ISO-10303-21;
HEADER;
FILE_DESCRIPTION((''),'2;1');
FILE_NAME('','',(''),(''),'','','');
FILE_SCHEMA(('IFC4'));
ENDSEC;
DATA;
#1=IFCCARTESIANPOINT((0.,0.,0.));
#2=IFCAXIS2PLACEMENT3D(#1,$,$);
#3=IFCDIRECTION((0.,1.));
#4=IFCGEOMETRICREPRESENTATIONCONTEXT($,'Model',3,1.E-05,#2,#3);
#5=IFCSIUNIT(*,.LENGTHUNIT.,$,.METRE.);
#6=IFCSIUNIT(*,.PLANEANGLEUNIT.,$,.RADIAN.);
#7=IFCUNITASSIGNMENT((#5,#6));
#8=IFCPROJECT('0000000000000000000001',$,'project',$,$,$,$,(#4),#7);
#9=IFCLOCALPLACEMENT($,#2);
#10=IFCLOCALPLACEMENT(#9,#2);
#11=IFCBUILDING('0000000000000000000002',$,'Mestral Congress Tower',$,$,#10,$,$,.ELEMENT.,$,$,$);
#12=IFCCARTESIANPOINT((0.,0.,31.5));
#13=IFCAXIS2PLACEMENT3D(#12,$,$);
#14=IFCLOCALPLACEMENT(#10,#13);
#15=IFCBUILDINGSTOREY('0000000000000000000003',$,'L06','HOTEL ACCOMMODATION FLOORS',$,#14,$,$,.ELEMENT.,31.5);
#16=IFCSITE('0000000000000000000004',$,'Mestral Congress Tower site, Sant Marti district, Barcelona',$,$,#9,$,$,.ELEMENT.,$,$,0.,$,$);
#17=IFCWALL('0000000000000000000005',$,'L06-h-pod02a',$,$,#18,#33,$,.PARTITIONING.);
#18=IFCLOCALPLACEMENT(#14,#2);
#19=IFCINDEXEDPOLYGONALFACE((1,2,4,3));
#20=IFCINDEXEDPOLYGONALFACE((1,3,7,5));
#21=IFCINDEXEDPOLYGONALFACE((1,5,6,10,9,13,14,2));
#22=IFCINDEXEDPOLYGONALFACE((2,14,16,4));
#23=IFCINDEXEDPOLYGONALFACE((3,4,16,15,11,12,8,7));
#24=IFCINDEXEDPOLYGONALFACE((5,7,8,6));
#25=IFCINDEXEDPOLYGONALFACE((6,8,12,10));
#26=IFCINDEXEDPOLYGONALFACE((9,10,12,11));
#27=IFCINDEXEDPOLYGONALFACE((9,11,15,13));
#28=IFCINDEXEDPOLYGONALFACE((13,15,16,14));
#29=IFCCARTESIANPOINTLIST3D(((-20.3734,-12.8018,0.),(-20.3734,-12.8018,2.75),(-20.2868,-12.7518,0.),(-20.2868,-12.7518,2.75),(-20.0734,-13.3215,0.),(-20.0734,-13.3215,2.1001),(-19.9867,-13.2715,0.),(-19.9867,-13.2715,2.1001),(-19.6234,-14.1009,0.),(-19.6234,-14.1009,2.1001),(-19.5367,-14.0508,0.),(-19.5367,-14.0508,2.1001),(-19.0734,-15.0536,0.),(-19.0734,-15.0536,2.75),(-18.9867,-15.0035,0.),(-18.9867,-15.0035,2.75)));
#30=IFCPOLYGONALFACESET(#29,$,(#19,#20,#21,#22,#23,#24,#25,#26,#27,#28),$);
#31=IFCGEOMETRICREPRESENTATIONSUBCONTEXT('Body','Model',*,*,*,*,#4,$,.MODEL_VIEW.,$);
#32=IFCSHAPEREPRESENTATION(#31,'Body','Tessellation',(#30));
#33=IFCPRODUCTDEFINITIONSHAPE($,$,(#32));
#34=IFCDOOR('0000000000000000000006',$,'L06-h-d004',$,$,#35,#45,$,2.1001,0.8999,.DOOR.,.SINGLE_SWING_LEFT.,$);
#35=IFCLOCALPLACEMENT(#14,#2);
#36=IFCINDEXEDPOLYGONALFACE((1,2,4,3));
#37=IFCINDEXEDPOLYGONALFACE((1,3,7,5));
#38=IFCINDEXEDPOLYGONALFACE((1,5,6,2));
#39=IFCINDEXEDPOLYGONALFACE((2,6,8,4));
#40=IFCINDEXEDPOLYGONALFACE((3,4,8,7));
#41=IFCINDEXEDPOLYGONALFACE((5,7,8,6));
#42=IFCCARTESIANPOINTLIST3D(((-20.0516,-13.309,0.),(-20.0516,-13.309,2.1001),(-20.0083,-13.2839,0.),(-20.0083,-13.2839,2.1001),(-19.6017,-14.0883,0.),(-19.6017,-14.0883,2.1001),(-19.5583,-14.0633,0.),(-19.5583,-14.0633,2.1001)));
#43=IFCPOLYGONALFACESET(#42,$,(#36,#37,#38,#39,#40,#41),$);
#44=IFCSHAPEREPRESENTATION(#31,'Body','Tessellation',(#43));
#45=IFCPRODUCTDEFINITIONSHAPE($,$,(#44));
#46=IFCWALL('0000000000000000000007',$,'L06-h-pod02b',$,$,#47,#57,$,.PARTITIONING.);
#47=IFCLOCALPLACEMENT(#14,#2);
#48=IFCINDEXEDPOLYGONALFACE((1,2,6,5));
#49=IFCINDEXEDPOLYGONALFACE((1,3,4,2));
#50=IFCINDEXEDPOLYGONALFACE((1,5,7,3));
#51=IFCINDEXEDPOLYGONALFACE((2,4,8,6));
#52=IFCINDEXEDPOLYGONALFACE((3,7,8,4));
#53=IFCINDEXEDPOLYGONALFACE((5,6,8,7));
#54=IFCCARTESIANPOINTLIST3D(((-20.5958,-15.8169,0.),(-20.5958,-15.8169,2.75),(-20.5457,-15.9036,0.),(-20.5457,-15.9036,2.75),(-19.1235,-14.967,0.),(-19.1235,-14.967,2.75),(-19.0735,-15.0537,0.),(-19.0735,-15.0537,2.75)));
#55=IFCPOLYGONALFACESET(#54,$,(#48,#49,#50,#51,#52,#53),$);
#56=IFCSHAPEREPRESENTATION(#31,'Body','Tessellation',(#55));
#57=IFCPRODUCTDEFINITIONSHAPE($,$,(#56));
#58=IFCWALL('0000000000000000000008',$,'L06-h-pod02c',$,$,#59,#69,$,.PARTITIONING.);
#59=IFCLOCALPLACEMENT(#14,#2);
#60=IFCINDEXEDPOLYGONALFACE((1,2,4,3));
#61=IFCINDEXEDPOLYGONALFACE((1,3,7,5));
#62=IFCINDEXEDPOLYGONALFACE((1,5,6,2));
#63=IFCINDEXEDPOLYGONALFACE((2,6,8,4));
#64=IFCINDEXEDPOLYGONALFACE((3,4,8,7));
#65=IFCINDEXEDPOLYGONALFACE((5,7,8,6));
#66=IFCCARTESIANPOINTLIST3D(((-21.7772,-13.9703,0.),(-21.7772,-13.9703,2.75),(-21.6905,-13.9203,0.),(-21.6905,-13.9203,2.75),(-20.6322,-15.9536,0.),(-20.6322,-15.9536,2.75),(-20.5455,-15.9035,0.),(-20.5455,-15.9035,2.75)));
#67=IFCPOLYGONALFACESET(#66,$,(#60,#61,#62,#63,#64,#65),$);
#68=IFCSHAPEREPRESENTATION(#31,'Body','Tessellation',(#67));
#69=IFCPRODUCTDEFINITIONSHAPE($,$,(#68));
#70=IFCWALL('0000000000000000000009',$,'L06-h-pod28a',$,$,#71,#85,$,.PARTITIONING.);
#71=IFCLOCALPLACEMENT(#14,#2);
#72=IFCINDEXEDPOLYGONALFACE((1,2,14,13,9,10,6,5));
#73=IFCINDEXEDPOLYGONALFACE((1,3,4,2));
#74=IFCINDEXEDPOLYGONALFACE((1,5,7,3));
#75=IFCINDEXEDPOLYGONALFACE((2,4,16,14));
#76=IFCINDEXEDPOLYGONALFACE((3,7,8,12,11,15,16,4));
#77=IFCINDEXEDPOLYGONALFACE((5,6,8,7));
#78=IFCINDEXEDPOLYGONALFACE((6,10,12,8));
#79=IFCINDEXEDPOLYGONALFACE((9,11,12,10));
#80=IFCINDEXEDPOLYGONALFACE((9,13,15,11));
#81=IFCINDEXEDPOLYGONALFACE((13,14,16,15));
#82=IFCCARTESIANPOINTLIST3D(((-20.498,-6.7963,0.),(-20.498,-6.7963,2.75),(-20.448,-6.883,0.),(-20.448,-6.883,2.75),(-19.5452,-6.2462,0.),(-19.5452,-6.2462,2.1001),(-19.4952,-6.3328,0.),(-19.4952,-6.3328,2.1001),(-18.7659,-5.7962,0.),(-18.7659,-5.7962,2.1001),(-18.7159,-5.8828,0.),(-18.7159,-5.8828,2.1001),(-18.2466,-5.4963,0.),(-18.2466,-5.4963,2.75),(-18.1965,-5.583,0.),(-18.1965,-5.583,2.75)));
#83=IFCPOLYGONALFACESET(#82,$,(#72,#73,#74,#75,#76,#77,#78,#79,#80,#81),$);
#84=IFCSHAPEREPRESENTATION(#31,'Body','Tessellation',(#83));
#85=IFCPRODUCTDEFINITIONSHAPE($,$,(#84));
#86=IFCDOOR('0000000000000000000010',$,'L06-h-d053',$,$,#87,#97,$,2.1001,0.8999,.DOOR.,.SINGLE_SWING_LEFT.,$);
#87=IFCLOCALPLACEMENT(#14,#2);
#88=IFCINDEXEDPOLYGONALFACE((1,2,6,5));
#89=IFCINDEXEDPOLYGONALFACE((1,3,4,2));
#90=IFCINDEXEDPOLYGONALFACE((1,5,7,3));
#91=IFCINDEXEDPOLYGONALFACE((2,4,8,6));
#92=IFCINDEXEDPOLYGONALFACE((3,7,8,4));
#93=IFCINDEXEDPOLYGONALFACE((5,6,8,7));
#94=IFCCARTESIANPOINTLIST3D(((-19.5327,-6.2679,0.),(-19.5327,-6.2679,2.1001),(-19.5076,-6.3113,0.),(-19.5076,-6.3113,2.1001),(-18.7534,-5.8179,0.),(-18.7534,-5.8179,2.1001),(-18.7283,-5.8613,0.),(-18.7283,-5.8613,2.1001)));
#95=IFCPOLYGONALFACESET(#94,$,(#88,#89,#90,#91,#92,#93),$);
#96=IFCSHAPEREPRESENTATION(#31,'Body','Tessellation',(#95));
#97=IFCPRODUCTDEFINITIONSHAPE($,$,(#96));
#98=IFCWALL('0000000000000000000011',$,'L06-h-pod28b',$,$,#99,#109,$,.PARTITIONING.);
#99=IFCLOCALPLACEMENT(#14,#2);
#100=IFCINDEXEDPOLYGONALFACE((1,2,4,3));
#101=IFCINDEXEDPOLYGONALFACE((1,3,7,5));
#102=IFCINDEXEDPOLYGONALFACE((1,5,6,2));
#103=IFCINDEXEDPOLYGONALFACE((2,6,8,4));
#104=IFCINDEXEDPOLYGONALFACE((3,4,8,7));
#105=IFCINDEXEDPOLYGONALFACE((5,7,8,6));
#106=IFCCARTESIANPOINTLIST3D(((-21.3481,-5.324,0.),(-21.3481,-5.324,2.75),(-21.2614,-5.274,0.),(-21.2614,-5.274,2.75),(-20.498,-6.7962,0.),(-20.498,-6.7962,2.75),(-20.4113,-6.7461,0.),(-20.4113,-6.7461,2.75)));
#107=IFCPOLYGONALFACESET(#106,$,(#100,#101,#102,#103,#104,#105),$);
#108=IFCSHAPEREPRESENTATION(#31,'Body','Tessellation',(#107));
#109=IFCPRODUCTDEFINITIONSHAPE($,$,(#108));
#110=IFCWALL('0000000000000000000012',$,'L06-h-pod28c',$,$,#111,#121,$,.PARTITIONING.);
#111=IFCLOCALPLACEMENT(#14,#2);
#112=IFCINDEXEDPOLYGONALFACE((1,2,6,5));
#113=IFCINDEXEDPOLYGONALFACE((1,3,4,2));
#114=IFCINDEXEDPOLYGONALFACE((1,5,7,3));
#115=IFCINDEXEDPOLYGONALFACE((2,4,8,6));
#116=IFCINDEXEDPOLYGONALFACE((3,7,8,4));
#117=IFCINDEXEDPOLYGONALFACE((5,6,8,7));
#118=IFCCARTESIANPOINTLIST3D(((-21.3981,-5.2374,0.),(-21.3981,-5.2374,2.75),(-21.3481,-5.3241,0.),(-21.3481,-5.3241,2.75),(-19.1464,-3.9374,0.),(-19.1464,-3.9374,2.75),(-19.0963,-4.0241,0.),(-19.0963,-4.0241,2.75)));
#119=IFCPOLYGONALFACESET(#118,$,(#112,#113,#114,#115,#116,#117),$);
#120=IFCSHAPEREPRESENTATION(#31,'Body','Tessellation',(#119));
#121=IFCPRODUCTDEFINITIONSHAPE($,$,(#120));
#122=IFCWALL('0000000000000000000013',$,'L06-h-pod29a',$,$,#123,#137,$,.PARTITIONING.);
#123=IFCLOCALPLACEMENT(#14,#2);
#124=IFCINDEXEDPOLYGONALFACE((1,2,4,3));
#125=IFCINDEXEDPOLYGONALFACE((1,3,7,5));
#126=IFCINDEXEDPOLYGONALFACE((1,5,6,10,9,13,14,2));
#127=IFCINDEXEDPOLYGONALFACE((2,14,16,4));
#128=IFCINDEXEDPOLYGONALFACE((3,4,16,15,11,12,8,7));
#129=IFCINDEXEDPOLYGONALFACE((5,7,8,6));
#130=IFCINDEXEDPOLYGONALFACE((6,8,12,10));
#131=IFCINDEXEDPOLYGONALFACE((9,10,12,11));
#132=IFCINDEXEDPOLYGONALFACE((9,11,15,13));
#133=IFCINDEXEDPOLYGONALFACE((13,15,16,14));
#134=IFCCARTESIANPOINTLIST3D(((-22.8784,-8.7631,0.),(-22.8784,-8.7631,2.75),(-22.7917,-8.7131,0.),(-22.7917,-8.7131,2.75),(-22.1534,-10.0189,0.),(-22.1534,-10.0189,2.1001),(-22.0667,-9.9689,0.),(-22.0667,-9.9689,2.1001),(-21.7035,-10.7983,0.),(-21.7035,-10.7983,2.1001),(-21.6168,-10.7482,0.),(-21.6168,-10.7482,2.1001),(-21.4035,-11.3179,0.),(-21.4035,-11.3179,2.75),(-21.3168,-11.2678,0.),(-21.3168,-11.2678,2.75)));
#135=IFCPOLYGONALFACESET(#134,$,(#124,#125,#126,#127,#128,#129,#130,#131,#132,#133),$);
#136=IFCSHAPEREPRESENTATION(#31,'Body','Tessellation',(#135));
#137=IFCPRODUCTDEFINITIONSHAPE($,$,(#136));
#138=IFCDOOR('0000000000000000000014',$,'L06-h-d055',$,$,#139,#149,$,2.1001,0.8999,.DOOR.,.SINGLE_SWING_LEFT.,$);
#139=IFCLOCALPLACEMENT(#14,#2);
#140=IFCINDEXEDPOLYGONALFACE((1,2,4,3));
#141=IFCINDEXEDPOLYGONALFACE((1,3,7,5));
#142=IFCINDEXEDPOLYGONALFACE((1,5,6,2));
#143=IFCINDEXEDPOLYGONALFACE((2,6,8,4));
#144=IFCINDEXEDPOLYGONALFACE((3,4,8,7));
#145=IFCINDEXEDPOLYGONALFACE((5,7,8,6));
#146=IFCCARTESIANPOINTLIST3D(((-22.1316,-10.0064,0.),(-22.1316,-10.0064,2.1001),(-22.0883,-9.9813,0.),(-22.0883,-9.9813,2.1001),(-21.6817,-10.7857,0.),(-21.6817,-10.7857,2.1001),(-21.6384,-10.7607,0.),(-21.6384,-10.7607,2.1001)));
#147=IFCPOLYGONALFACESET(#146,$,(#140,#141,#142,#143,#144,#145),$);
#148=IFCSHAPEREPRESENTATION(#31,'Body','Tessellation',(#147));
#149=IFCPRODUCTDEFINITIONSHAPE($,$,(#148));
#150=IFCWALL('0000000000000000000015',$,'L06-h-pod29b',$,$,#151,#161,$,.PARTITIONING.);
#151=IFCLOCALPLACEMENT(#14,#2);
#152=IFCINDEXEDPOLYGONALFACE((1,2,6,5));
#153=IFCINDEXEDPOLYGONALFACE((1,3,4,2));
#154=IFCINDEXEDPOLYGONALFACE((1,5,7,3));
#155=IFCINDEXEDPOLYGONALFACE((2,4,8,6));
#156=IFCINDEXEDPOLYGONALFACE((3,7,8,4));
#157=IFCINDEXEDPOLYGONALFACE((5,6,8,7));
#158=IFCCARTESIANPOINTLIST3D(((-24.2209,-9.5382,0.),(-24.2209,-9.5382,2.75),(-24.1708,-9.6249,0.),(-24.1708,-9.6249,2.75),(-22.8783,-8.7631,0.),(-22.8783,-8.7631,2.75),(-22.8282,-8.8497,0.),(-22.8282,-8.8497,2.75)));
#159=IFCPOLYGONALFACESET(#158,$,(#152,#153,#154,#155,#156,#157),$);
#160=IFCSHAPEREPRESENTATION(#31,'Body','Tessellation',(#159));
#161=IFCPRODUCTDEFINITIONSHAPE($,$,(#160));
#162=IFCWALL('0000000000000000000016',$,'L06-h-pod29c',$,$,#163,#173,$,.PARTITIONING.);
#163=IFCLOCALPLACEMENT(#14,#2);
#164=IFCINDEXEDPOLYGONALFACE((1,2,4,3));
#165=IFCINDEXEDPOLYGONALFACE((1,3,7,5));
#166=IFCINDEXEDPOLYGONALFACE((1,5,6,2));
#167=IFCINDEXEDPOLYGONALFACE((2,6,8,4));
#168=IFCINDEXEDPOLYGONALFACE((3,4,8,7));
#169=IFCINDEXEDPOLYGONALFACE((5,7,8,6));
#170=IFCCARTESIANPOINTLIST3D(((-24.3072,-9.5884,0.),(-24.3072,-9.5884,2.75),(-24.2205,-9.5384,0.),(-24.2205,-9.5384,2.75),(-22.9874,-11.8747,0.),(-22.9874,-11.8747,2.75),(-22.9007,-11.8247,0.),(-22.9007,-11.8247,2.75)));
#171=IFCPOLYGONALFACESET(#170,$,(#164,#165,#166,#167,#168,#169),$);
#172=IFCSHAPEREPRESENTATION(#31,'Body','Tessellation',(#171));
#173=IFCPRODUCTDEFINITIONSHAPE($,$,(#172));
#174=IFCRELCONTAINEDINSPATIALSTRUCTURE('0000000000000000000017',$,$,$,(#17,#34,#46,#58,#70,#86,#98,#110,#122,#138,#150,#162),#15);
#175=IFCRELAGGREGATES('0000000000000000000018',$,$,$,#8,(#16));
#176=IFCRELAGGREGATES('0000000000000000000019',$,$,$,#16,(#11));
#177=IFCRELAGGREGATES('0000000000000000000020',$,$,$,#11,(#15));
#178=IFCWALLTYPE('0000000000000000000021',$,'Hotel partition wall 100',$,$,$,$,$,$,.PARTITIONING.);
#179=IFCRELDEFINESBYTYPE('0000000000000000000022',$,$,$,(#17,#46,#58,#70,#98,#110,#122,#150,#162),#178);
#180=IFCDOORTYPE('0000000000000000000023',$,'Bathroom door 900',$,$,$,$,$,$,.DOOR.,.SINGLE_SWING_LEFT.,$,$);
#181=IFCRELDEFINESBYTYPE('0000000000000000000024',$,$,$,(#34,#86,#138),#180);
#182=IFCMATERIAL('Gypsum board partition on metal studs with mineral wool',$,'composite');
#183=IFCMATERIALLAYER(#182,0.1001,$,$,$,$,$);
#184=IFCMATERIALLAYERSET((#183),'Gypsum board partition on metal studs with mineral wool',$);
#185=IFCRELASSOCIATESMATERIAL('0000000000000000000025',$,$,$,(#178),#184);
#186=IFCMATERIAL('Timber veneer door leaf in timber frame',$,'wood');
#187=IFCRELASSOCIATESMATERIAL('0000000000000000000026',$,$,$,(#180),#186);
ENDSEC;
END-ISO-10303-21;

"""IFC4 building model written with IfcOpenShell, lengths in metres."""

from ifc_helpers import new_model, si_unit, direction, frame, frame_2d, origin, place, context, subcontext, project, spatial, rectangle, extrude, material, layer, layer_set, type_object, element, fill, save


model = new_model("IFC4")

# Units and contexts
model_context = context("Model", 3, precision=1e-05, world=origin(), true_north=direction((0.0, 1.0)))
body_context = subcontext(model_context, "Body", "Model", "MODEL_VIEW")
ifc_project = project(units=[si_unit("LENGTHUNIT", "METRE"), si_unit("PLANEANGLEUNIT", "RADIAN")], contexts=[model_context])

# Site, building, storey
site_placement = place(None, origin())
site = spatial("IfcSite", under=ifc_project, at=site_placement, Name="Mestral Congress Tower site, Sant Marti district, Barcelona", CompositionType="ELEMENT", RefElevation=0.0)
building_placement = place(site_placement, origin())
building = spatial("IfcBuilding", under=site, at=building_placement, Name="Mestral Congress Tower", CompositionType="ELEMENT")
storey_placement = place(building_placement, frame((0.0, 0.0, 31.5)))
storey = spatial("IfcBuildingStorey", under=building, at=storey_placement, Name="L06", Description="HOTEL ACCOMMODATION FLOORS", CompositionType="ELEMENT", Elevation=31.5)

# Wall, opening, door
ifc_material_1 = material(Name="Gypsum board partition on metal studs with mineral wool", Category="composite")
ifc_layer_1 = layer(ifc_material_1, 0.1001)
ifc_layer_set_1 = layer_set([ifc_layer_1], Name="Gypsum board partition on metal studs with mineral wool")
wall_type_1 = type_object("IfcWallType", Name="Hotel partition wall 100", PredefinedType="PARTITIONING", material=ifc_layer_set_1)
wall_1_placement = place(storey_placement, frame((-19.03, -15.0286, 0.0), z_axis=(0.0, 0.0, 1.0), x_axis=(-0.500007, 0.866021, 0.0)))
wall_1 = element("IfcWall", 1, at=wall_1_placement, inside=storey, type_object=wall_type_1, Name="L06-h-pod02a", PredefinedType="PARTITIONING", context=body_context, shape_type="SweptSolid", body=[
    extrude(rectangle(XDim=2.6001, YDim=0.1001, at=frame_2d((1.3, 0.0))), origin(), (0.0, 0.0, 1.0), 2.75),
])
opening_1_placement = place(wall_1_placement, frame((1.1001, 0.0, 0.0)))
opening_1 = element("IfcOpeningElement", 2, at=opening_1_placement, cuts=wall_1, PredefinedType="OPENING", context=body_context, shape_type="SweptSolid", body=[
    extrude(rectangle(XDim=0.8999, YDim=2.1001, at=frame_2d((0.45, 1.05))), frame((0.0, 0.0601, 0.0), z_axis=(0.0, -1.0, 0.0), x_axis=(1.0, 0.0, 0.0)), (0.0, 0.0, 1.0), 0.1201),
])
ifc_material_2 = material(Name="Timber veneer door leaf in timber frame", Category="wood")
door_type_1 = type_object("IfcDoorType", Name="Bathroom door 900", OperationType="SINGLE_SWING_LEFT", PredefinedType="DOOR", material=ifc_material_2)
door_1_placement = place(opening_1_placement, origin())
door_1 = element("IfcDoor", 3, at=door_1_placement, inside=storey, type_object=door_type_1, Name="L06-h-d004", OperationType="SINGLE_SWING_LEFT", OverallHeight=2.1001, OverallWidth=0.8999, PredefinedType="DOOR", context=body_context, shape_type="SweptSolid", body=[
    extrude(rectangle(XDim=0.8999, YDim=2.1001, at=frame_2d((0.45, 1.05))), frame((0.0, 0.0249, 0.0), z_axis=(0.0, -1.0, 0.0), x_axis=(1.0, 0.0, 0.0)), (0.0, 0.0, 1.0), 0.05),
])
fill(opening_1, door_1)

# Walls
wall_2_placement = place(storey_placement, frame((-19.0984, -15.0103, 0.0), z_axis=(0.0, 0.0, 1.0), x_axis=(-0.866052, -0.499955, 0.0)))
element("IfcWall", 4, at=wall_2_placement, inside=storey, type_object=wall_type_1, Name="L06-h-pod02b", PredefinedType="PARTITIONING", context=body_context, shape_type="SweptSolid", body=[
    extrude(rectangle(XDim=1.7, YDim=0.1001, at=frame_2d((0.8501, 0.0))), origin(), (0.0, 0.0, 1.0), 2.75),
])
wall_3_placement = place(storey_placement, frame((-21.7339, -13.9453, 0.0), z_axis=(0.0, 0.0, 1.0), x_axis=(0.500015, -0.866017, 0.0)))
element("IfcWall", 5, at=wall_3_placement, inside=storey, type_object=wall_type_1, Name="L06-h-pod02c", PredefinedType="PARTITIONING", context=body_context, shape_type="SweptSolid", body=[
    extrude(rectangle(XDim=2.29, YDim=0.1001, at=frame_2d((1.145, 0.0))), origin(), (0.0, 0.0, 1.0), 2.75),
])

# Wall, opening, door
wall_4_placement = place(storey_placement, frame((-20.4729, -6.8396, 0.0), z_axis=(0.0, 0.0, 1.0), x_axis=(0.865998, 0.500048, 0.0)))
wall_4 = element("IfcWall", 6, at=wall_4_placement, inside=storey, type_object=wall_type_1, Name="L06-h-pod28a", PredefinedType="PARTITIONING", context=body_context, shape_type="SweptSolid", body=[
    extrude(rectangle(XDim=2.5999, YDim=0.1001, at=frame_2d((1.2998, 0.0))), origin(), (0.0, 0.0, 1.0), 2.75),
])
opening_2_placement = place(wall_4_placement, frame((1.1001, 0.0, 0.0)))
opening_2 = element("IfcOpeningElement", 7, at=opening_2_placement, cuts=wall_4, PredefinedType="OPENING", context=body_context, shape_type="SweptSolid", body=[
    extrude(rectangle(XDim=0.8999, YDim=2.1001, at=frame_2d((0.45, 1.05))), frame((0.0, 0.0601, 0.0), z_axis=(0.0, -1.0, 0.0), x_axis=(1.0, 0.0, 0.0)), (0.0, 0.0, 1.0), 0.1201),
])
door_2_placement = place(opening_2_placement, origin())
door_2 = element("IfcDoor", 8, at=door_2_placement, inside=storey, type_object=door_type_1, Name="L06-h-d053", OperationType="SINGLE_SWING_LEFT", OverallHeight=2.1001, OverallWidth=0.8999, PredefinedType="DOOR", context=body_context, shape_type="SweptSolid", body=[
    extrude(rectangle(XDim=0.8999, YDim=2.1001, at=frame_2d((0.45, 1.05))), frame((0.0, 0.0249, 0.0), z_axis=(0.0, -1.0, 0.0), x_axis=(1.0, 0.0, 0.0)), (0.0, 0.0, 1.0), 0.05),
])
fill(opening_2, door_2)

# Walls
wall_5_placement = place(storey_placement, frame((-20.4546, -6.7712, 0.0), z_axis=(0.0, 0.0, 1.0), x_axis=(-0.500062, 0.865989, 0.0)))
element("IfcWall", 9, at=wall_5_placement, inside=storey, type_object=wall_type_1, Name="L06-h-pod28b", PredefinedType="PARTITIONING", context=body_context, shape_type="SweptSolid", body=[
    extrude(rectangle(XDim=1.7, YDim=0.1001, at=frame_2d((0.8501, 0.0))), origin(), (0.0, 0.0, 1.0), 2.75),
])
wall_6_placement = place(storey_placement, frame((-19.1213, -3.9807, 0.0), z_axis=(0.0, 0.0, 1.0), x_axis=(-0.866021, -0.500007, 0.0)))
element("IfcWall", 10, at=wall_6_placement, inside=storey, type_object=wall_type_1, Name="L06-h-pod28c", PredefinedType="PARTITIONING", context=body_context, shape_type="SweptSolid", body=[
    extrude(rectangle(XDim=2.6001, YDim=0.1001, at=frame_2d((1.3, 0.0))), origin(), (0.0, 0.0, 1.0), 2.75),
])

# Wall, opening, door
wall_7_placement = place(storey_placement, frame((-21.3601, -11.293, 0.0), z_axis=(0.0, 0.0, 1.0), x_axis=(-0.499976, 0.866039, 0.0)))
wall_7 = element("IfcWall", 11, at=wall_7_placement, inside=storey, type_object=wall_type_1, Name="L06-h-pod29a", PredefinedType="PARTITIONING", context=body_context, shape_type="SweptSolid", body=[
    extrude(rectangle(XDim=2.95, YDim=0.1001, at=frame_2d((1.4751, 0.0))), origin(), (0.0, 0.0, 1.0), 2.75),
])
opening_3_placement = place(wall_7_placement, frame((0.6001, 0.0, 0.0)))
opening_3 = element("IfcOpeningElement", 12, at=opening_3_placement, cuts=wall_7, PredefinedType="OPENING", context=body_context, shape_type="SweptSolid", body=[
    extrude(rectangle(XDim=0.8999, YDim=2.1001, at=frame_2d((0.45, 1.05))), frame((0.0, 0.0601, 0.0), z_axis=(0.0, -1.0, 0.0), x_axis=(1.0, 0.0, 0.0)), (0.0, 0.0, 1.0), 0.1201),
])
door_3_placement = place(opening_3_placement, origin())
door_3 = element("IfcDoor", 13, at=door_3_placement, inside=storey, type_object=door_type_1, Name="L06-h-d055", OperationType="SINGLE_SWING_LEFT", OverallHeight=2.1001, OverallWidth=0.8999, PredefinedType="DOOR", context=body_context, shape_type="SweptSolid", body=[
    extrude(rectangle(XDim=0.8999, YDim=2.1001, at=frame_2d((0.45, 1.05))), frame((0.0, 0.0249, 0.0), z_axis=(0.0, -1.0, 0.0), x_axis=(1.0, 0.0, 0.0)), (0.0, 0.0, 1.0), 0.05),
])
fill(opening_3, door_3)

# Walls
wall_8_placement = place(storey_placement, frame((-22.8533, -8.8064, 0.0), z_axis=(0.0, 0.0, 1.0), x_axis=(-0.866015, -0.500018, 0.0)))
element("IfcWall", 14, at=wall_8_placement, inside=storey, type_object=wall_type_1, Name="L06-h-pod29b", PredefinedType="PARTITIONING", context=body_context, shape_type="SweptSolid", body=[
    extrude(rectangle(XDim=1.5503, YDim=0.1001, at=frame_2d((0.7751, 0.0))), origin(), (0.0, 0.0, 1.0), 2.75),
])
wall_9_placement = place(storey_placement, frame((-22.9441, -11.8496, 0.0), z_axis=(0.0, 0.0, 1.0), x_axis=(-0.499939, 0.866061, 0.0)))
element("IfcWall", 15, at=wall_9_placement, inside=storey, type_object=wall_type_1, Name="L06-h-pod29c", PredefinedType="PARTITIONING", context=body_context, shape_type="SweptSolid", body=[
    extrude(rectangle(XDim=2.6399, YDim=0.1001, at=frame_2d((1.3198, 0.0))), origin(), (0.0, 0.0, 1.0), 2.75),
])

save(model, "model.ifc")
